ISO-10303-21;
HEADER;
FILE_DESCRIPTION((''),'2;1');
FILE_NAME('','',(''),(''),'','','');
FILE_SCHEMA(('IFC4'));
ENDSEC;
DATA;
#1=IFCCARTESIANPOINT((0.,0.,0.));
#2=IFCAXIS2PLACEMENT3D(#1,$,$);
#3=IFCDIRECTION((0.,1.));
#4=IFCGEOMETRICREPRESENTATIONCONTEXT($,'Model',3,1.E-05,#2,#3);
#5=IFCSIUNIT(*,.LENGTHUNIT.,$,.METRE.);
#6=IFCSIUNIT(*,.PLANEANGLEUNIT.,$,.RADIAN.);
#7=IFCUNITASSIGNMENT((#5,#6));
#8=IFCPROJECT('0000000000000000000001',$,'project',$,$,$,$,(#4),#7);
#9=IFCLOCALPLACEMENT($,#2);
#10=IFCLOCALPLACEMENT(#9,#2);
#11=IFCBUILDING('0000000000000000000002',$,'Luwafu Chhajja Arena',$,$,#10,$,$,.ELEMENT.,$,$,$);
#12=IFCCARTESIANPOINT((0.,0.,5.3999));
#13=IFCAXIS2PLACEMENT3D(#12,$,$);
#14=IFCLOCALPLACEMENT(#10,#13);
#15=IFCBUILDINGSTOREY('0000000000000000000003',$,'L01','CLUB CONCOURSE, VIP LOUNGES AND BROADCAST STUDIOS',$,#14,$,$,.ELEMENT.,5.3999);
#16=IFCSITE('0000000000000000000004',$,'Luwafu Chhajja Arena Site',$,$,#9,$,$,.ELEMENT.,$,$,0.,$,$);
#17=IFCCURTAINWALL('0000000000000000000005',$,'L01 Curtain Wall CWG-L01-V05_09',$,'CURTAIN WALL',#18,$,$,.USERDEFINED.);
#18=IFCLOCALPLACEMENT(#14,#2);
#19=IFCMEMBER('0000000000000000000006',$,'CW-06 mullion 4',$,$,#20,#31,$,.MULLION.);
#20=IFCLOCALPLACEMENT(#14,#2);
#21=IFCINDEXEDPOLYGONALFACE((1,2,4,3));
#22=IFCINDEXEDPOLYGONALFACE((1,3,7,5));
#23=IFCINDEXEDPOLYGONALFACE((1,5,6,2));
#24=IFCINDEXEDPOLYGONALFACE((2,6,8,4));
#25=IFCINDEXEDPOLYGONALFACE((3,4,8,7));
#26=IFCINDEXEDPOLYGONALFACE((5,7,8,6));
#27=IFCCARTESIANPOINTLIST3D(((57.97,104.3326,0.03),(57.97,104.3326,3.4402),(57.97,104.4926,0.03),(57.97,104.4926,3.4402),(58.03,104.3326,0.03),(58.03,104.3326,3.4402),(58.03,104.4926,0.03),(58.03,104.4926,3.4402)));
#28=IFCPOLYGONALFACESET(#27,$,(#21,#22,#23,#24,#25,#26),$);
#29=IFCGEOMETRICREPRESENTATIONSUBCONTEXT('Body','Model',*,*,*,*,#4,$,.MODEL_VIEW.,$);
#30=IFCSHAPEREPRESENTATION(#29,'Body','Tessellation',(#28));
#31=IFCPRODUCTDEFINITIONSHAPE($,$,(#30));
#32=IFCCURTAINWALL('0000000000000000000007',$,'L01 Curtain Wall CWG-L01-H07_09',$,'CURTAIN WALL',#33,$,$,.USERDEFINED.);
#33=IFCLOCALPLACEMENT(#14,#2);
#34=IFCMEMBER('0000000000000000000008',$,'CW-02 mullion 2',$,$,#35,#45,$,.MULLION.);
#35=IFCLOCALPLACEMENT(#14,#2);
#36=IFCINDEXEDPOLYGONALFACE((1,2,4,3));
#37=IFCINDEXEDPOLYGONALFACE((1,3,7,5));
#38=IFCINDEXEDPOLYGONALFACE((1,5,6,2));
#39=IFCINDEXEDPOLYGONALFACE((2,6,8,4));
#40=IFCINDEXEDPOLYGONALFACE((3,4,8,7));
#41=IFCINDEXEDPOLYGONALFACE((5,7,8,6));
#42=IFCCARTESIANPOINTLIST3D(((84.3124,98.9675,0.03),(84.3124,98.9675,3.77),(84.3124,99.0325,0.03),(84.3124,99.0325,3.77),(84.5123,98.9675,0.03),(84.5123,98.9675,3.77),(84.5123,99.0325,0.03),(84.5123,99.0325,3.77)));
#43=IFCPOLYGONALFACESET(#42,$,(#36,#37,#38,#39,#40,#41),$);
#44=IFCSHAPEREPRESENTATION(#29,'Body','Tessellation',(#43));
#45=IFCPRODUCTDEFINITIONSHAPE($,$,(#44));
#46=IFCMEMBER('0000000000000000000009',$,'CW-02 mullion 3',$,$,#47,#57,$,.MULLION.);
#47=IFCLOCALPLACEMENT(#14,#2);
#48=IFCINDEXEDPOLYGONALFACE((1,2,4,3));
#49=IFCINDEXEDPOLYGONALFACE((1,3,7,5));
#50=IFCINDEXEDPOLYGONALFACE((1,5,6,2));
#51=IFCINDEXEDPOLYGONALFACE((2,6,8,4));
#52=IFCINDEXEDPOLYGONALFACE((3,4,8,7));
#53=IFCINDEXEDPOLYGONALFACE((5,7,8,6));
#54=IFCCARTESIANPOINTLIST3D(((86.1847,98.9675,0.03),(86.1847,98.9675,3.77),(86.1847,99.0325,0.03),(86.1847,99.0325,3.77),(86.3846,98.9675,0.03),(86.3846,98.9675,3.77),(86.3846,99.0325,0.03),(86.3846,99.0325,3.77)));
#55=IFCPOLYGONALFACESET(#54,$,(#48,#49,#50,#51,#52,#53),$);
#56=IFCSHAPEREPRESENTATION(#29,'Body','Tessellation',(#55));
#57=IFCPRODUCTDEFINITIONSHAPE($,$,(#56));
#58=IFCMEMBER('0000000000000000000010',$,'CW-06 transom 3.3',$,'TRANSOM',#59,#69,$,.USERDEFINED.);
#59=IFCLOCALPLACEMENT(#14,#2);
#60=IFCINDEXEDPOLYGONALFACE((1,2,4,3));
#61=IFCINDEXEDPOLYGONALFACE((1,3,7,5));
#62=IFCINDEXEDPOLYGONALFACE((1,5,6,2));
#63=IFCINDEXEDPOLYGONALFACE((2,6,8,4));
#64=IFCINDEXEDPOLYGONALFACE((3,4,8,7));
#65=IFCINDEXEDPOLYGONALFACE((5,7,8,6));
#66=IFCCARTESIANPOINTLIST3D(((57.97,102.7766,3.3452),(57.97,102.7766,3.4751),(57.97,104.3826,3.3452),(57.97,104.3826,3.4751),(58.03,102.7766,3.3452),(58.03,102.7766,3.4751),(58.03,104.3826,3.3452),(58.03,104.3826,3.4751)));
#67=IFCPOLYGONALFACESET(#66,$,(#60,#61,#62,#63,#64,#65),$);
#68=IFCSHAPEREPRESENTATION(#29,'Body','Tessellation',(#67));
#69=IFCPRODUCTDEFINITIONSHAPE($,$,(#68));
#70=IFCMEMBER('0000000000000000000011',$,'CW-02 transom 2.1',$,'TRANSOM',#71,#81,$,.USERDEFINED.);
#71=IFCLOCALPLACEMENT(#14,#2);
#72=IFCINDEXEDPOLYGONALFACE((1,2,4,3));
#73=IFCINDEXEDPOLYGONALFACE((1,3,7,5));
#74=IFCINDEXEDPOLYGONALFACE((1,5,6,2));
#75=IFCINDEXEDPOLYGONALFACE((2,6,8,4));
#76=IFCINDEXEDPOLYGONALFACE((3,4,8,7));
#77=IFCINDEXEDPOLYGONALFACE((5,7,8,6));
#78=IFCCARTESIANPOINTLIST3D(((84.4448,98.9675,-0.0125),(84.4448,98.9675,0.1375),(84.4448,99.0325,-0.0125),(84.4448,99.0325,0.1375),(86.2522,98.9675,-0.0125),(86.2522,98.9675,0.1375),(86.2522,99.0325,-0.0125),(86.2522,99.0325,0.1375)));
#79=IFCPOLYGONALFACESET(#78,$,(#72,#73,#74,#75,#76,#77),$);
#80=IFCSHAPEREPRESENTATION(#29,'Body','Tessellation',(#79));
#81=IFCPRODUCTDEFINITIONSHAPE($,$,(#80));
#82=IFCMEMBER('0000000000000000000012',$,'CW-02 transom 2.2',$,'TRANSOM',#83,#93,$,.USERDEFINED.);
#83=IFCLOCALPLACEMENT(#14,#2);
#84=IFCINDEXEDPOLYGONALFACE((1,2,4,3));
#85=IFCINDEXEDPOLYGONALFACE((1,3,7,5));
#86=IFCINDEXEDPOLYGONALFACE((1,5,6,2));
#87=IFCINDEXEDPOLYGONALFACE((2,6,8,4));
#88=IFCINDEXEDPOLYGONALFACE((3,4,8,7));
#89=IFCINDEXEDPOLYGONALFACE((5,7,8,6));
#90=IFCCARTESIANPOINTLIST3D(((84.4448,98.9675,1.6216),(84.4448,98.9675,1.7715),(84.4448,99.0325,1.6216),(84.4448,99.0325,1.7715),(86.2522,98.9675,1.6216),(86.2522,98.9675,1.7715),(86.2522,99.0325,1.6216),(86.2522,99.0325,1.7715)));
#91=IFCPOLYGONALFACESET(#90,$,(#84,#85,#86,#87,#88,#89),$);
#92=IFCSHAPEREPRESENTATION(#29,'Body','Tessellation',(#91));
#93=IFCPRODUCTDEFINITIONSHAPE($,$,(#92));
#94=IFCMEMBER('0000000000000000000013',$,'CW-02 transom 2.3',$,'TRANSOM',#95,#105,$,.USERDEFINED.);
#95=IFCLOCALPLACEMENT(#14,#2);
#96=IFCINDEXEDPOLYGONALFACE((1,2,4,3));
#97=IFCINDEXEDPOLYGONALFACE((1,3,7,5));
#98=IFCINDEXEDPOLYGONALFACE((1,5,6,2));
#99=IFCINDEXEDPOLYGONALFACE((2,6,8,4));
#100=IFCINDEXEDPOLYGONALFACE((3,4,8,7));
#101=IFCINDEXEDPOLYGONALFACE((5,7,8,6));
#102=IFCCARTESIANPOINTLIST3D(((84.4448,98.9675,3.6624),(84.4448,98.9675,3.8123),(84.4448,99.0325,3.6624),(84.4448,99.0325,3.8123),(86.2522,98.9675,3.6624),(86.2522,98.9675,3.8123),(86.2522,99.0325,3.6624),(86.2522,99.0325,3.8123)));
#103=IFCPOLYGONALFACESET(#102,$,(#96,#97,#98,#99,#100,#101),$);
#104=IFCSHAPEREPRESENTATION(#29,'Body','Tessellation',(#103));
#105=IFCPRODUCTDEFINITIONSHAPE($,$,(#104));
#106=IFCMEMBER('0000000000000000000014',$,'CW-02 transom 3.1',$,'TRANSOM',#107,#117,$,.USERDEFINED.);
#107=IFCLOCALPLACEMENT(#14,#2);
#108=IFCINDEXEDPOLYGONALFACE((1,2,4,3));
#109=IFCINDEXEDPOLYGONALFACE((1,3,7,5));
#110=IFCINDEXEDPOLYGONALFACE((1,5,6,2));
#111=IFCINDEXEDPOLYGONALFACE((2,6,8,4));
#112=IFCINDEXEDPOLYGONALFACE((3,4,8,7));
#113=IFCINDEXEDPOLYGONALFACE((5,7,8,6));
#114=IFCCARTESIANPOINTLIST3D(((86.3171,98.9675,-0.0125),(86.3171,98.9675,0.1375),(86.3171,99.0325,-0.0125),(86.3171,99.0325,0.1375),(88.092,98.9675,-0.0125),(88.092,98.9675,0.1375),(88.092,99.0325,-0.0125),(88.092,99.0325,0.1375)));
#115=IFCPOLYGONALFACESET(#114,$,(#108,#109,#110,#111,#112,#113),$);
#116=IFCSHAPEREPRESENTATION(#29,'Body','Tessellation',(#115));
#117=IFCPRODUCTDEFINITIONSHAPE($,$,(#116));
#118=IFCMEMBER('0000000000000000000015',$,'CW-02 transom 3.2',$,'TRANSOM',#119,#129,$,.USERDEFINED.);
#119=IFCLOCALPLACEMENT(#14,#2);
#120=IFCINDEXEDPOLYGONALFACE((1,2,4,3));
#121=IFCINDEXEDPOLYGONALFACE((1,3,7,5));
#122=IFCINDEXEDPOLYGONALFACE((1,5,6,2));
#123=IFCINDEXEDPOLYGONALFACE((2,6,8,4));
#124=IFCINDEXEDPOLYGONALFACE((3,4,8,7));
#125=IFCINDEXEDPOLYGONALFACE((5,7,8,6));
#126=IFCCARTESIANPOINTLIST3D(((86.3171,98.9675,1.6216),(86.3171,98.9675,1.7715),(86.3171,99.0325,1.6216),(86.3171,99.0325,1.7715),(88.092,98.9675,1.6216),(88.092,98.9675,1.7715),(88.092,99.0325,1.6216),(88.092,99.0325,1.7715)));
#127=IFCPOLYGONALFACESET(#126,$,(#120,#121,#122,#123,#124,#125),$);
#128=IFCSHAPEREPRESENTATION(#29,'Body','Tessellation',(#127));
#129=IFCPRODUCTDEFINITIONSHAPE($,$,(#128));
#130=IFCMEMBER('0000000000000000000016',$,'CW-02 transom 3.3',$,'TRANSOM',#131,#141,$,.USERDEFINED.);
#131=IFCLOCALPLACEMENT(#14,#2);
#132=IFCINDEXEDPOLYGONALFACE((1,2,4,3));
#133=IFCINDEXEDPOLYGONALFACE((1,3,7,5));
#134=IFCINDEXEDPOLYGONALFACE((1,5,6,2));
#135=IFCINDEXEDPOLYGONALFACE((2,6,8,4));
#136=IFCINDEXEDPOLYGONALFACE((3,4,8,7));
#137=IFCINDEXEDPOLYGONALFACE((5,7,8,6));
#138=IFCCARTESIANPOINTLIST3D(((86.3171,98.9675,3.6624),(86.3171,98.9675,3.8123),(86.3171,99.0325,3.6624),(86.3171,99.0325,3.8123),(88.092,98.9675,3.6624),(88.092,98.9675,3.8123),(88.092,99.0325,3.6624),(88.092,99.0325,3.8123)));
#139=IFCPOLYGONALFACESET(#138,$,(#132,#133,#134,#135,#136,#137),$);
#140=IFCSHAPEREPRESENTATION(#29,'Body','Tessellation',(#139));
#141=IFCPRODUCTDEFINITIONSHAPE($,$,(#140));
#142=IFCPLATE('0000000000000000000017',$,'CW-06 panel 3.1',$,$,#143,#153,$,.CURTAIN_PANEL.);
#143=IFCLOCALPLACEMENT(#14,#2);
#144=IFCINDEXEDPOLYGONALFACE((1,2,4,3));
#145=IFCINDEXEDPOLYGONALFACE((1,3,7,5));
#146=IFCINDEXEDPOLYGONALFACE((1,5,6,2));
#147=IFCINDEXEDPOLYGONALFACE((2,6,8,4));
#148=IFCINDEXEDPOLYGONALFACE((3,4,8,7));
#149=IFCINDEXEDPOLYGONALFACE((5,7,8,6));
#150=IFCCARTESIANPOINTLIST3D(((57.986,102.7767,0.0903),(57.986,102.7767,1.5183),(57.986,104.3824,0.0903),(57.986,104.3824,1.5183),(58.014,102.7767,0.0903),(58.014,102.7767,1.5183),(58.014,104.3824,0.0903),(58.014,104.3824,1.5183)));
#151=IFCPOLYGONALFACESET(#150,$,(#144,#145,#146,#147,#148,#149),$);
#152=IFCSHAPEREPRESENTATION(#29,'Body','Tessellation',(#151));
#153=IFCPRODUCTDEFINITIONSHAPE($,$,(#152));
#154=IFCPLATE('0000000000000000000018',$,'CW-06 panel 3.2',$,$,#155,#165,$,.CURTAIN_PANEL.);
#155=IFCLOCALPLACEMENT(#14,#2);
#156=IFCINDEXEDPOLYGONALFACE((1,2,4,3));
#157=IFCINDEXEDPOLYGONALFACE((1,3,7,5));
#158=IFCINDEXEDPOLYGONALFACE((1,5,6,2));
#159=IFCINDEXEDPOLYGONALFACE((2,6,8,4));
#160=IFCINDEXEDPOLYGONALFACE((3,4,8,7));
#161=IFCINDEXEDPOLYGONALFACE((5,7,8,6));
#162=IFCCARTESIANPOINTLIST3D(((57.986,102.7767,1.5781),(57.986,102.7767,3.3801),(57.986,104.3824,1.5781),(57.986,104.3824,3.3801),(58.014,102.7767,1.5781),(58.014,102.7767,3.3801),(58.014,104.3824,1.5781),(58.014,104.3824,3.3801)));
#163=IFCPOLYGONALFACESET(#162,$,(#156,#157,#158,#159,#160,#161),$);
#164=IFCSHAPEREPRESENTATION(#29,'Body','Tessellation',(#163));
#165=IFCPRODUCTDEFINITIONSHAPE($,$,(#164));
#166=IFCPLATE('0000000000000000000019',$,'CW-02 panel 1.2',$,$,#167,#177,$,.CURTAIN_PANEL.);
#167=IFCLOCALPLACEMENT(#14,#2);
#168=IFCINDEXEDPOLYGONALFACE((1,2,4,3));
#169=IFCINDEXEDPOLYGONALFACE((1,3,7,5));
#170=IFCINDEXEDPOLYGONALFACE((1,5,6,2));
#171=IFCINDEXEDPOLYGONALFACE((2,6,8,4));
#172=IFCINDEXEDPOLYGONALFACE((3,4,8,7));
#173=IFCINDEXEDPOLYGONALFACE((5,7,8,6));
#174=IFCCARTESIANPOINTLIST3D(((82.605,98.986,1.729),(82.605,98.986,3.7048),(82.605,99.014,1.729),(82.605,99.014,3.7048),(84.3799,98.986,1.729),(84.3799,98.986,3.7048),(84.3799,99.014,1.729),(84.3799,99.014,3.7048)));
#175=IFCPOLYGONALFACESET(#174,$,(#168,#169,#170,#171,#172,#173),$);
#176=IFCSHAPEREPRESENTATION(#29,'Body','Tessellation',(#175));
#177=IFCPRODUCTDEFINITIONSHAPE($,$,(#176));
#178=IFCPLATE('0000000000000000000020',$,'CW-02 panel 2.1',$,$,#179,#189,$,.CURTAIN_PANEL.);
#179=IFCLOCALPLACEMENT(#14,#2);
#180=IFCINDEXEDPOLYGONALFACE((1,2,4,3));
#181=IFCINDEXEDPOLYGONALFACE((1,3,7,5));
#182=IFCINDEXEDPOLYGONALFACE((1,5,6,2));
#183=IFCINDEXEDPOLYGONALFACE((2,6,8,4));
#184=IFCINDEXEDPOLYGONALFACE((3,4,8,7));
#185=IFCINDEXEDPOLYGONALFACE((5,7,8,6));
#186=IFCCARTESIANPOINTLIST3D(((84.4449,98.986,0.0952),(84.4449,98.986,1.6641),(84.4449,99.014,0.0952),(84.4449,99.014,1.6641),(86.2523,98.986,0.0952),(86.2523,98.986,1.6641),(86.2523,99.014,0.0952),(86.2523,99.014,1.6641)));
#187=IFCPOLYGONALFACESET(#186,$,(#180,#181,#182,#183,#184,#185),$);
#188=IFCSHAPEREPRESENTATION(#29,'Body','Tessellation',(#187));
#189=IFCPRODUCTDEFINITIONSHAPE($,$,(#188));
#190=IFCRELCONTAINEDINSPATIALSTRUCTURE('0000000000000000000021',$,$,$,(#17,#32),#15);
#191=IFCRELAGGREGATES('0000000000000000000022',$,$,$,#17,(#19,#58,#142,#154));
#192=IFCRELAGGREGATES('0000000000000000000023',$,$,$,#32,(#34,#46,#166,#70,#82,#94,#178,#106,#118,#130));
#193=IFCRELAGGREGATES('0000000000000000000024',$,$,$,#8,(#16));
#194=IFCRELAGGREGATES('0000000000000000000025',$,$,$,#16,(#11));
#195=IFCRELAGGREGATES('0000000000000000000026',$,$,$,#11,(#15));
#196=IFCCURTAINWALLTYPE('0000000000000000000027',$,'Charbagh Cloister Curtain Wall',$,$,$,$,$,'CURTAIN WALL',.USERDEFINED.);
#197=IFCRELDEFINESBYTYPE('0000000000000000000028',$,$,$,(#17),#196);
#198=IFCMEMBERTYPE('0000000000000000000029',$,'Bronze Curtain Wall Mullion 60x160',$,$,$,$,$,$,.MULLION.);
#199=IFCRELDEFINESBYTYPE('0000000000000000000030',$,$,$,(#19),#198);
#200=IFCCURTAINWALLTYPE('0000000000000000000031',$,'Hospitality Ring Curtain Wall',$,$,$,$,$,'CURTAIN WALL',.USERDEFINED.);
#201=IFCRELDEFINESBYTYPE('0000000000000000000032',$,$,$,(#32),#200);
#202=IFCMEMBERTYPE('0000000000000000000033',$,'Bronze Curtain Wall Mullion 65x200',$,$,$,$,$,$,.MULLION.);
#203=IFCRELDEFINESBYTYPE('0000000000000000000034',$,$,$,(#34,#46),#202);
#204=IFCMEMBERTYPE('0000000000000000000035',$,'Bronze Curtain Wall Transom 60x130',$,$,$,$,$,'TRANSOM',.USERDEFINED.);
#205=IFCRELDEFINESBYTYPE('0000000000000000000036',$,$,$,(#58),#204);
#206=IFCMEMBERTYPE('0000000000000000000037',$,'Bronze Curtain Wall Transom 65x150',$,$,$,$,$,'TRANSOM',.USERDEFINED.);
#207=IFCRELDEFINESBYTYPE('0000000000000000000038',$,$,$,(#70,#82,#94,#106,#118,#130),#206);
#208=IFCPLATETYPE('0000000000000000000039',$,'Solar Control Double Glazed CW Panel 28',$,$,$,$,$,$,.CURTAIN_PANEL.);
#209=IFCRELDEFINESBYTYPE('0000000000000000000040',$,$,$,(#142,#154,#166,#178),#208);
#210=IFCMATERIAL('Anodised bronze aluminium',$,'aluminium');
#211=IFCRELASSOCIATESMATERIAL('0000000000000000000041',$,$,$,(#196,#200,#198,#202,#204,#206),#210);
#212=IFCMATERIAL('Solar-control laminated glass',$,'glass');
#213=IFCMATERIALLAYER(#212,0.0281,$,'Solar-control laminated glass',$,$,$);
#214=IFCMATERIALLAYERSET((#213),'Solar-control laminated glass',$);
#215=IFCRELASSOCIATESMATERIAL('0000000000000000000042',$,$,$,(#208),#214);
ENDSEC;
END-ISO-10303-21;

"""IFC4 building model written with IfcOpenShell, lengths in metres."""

from ifc_helpers import new_model, si_unit, direction, frame, origin, origin_2d, place, context, subcontext, project, spatial, rectangle, extrude, material, layer, layer_set, material_profile, profile_set, type_object, element, aggregate, save


model = new_model("IFC4")

# Units and contexts
model_context = context("Model", 3, precision=1e-05, world=origin(), true_north=direction((0.0, 1.0)))
body_context = subcontext(model_context, "Body", "Model", "MODEL_VIEW")
ifc_project = project(units=[si_unit("LENGTHUNIT", "METRE"), si_unit("PLANEANGLEUNIT", "RADIAN")], contexts=[model_context])

# Site, building, storey
site_placement = place(None, origin())
site = spatial("IfcSite", under=ifc_project, at=site_placement, Name="Luwafu Chhajja Arena Site", CompositionType="ELEMENT", RefElevation=0.0)
building_placement = place(site_placement, origin())
building = spatial("IfcBuilding", under=site, at=building_placement, Name="Luwafu Chhajja Arena", CompositionType="ELEMENT")
storey_placement = place(building_placement, frame((0.0, 0.0, 5.3999)))
storey = spatial("IfcBuildingStorey", under=building, at=storey_placement, Name="L01", Description="CLUB CONCOURSE, VIP LOUNGES AND BROADCAST STUDIOS", CompositionType="ELEMENT", Elevation=5.3999)

# Curtain wall, member
ifc_material_1 = material(Name="Anodised bronze aluminium", Category="aluminium")
curtain_wall_type_1 = type_object("IfcCurtainWallType", Name="Charbagh Cloister Curtain Wall", ElementType="CURTAIN WALL", PredefinedType="USERDEFINED", material=ifc_material_1)
curtain_wall_1_placement = place(storey_placement, origin())
curtain_wall_1 = element("IfcCurtainWall", 1, at=curtain_wall_1_placement, inside=storey, type_object=curtain_wall_type_1, Name="L01 Curtain Wall CWG-L01-V05_09", ObjectType="CURTAIN WALL", PredefinedType="USERDEFINED")
ifc_material_profile_1 = material_profile(ifc_material_1, rectangle(XDim=0.0601, YDim=0.1599, at=origin_2d()), Name="CWM 60x160")
ifc_profile_set_1 = profile_set([ifc_material_profile_1], Name="Anodised bronze aluminium")
member_type_1 = type_object("IfcMemberType", Name="Bronze Curtain Wall Mullion 60x160", PredefinedType="MULLION", material=ifc_profile_set_1)
member_1_placement = place(storey_placement, frame((58.0, 104.4126, 0.03), z_axis=(0.0, 0.0, 1.0), x_axis=(-1.0, 0.0, 0.0)))
member_1 = element("IfcMember", 2, at=member_1_placement, type_object=member_type_1, Name="CW-06 mullion 4", PredefinedType="MULLION", context=body_context, shape_type="SweptSolid", body=[
    extrude(rectangle(XDim=0.0601, YDim=0.1599, at=origin_2d()), origin(), (0.0, 0.0, 1.0), 3.4102),
])

# Curtain wall, members
curtain_wall_type_2 = type_object("IfcCurtainWallType", Name="Hospitality Ring Curtain Wall", ElementType="CURTAIN WALL", PredefinedType="USERDEFINED", material=ifc_material_1)
curtain_wall_2_placement = place(storey_placement, origin())
curtain_wall_2 = element("IfcCurtainWall", 3, at=curtain_wall_2_placement, inside=storey, type_object=curtain_wall_type_2, Name="L01 Curtain Wall CWG-L01-H07_09", ObjectType="CURTAIN WALL", PredefinedType="USERDEFINED")
ifc_material_profile_2 = material_profile(ifc_material_1, rectangle(XDim=0.0649, YDim=0.2, at=origin_2d()), Name="CWM 65x200")
ifc_profile_set_2 = profile_set([ifc_material_profile_2], Name="Anodised bronze aluminium")
member_type_2 = type_object("IfcMemberType", Name="Bronze Curtain Wall Mullion 65x200", PredefinedType="MULLION", material=ifc_profile_set_2)
member_2_placement = place(storey_placement, frame((84.4124, 99.0, 0.03), z_axis=(0.0, 0.0, 1.0), x_axis=(0.0, 1.0, 0.0)))
member_2 = element("IfcMember", 4, at=member_2_placement, type_object=member_type_2, Name="CW-02 mullion 2", PredefinedType="MULLION", context=body_context, shape_type="SweptSolid", body=[
    extrude(rectangle(XDim=0.0649, YDim=0.2, at=origin_2d()), origin(), (0.0, 0.0, 1.0), 3.74),
])
member_3_placement = place(storey_placement, frame((86.2847, 99.0, 0.03), z_axis=(0.0, 0.0, 1.0), x_axis=(0.0, 1.0, 0.0)))
member_3 = element("IfcMember", 5, at=member_3_placement, type_object=member_type_2, Name="CW-02 mullion 3", PredefinedType="MULLION", context=body_context, shape_type="SweptSolid", body=[
    extrude(rectangle(XDim=0.0649, YDim=0.2, at=origin_2d()), origin(), (0.0, 0.0, 1.0), 3.74),
])

# Members
ifc_material_profile_3 = material_profile(ifc_material_1, rectangle(XDim=0.0601, YDim=0.1299, at=origin_2d()), Name="CWT 60x130")
ifc_profile_set_3 = profile_set([ifc_material_profile_3], Name="Anodised bronze aluminium")
member_type_3 = type_object("IfcMemberType", Name="Bronze Curtain Wall Transom 60x130", ElementType="TRANSOM", PredefinedType="USERDEFINED", material=ifc_profile_set_3)
member_4_placement = place(storey_placement, frame((58.0, 102.7766, 3.4102), z_axis=(0.0, 1.0, 0.0), x_axis=(-1.0, 0.0, 0.0)))
member_4 = element("IfcMember", 6, at=member_4_placement, type_object=member_type_3, Name="CW-06 transom 3.3", ObjectType="TRANSOM", PredefinedType="USERDEFINED", context=body_context, shape_type="SweptSolid", body=[
    extrude(rectangle(XDim=0.0601, YDim=0.1299, at=origin_2d()), origin(), (0.0, 0.0, 1.0), 1.606),
])
ifc_material_profile_4 = material_profile(ifc_material_1, rectangle(XDim=0.0649, YDim=0.1499, at=origin_2d()), Name="CWT 65x150")
ifc_profile_set_4 = profile_set([ifc_material_profile_4], Name="Anodised bronze aluminium")
member_type_4 = type_object("IfcMemberType", Name="Bronze Curtain Wall Transom 65x150", ElementType="TRANSOM", PredefinedType="USERDEFINED", material=ifc_profile_set_4)
member_5_placement = place(storey_placement, frame((84.4448, 99.0, 0.0625), z_axis=(1.0, 0.0, 0.0), x_axis=(0.0, 1.0, 0.0)))
member_5 = element("IfcMember", 7, at=member_5_placement, type_object=member_type_4, Name="CW-02 transom 2.1", ObjectType="TRANSOM", PredefinedType="USERDEFINED", context=body_context, shape_type="SweptSolid", body=[
    extrude(rectangle(XDim=0.0649, YDim=0.1499, at=origin_2d()), origin(), (0.0, 0.0, 1.0), 1.8074),
])
member_6_placement = place(storey_placement, frame((84.4448, 99.0, 1.6965), z_axis=(1.0, 0.0, 0.0), x_axis=(0.0, 1.0, 0.0)))
member_6 = element("IfcMember", 8, at=member_6_placement, type_object=member_type_4, Name="CW-02 transom 2.2", ObjectType="TRANSOM", PredefinedType="USERDEFINED", context=body_context, shape_type="SweptSolid", body=[
    extrude(rectangle(XDim=0.0649, YDim=0.1499, at=origin_2d()), origin(), (0.0, 0.0, 1.0), 1.8074),
])
member_7_placement = place(storey_placement, frame((84.4448, 99.0, 3.7373), z_axis=(1.0, 0.0, 0.0), x_axis=(0.0, 1.0, 0.0)))
member_7 = element("IfcMember", 9, at=member_7_placement, type_object=member_type_4, Name="CW-02 transom 2.3", ObjectType="TRANSOM", PredefinedType="USERDEFINED", context=body_context, shape_type="SweptSolid", body=[
    extrude(rectangle(XDim=0.0649, YDim=0.1499, at=origin_2d()), origin(), (0.0, 0.0, 1.0), 1.8074),
])
member_8_placement = place(storey_placement, frame((86.3171, 99.0, 0.0625), z_axis=(1.0, 0.0, 0.0), x_axis=(0.0, 1.0, 0.0)))
member_8 = element("IfcMember", 10, at=member_8_placement, type_object=member_type_4, Name="CW-02 transom 3.1", ObjectType="TRANSOM", PredefinedType="USERDEFINED", context=body_context, shape_type="SweptSolid", body=[
    extrude(rectangle(XDim=0.0649, YDim=0.1499, at=origin_2d()), origin(), (0.0, 0.0, 1.0), 1.7749),
])
member_9_placement = place(storey_placement, frame((86.3171, 99.0, 1.6965), z_axis=(1.0, 0.0, 0.0), x_axis=(0.0, 1.0, 0.0)))
member_9 = element("IfcMember", 11, at=member_9_placement, type_object=member_type_4, Name="CW-02 transom 3.2", ObjectType="TRANSOM", PredefinedType="USERDEFINED", context=body_context, shape_type="SweptSolid", body=[
    extrude(rectangle(XDim=0.0649, YDim=0.1499, at=origin_2d()), origin(), (0.0, 0.0, 1.0), 1.7749),
])
member_10_placement = place(storey_placement, frame((86.3171, 99.0, 3.7373), z_axis=(1.0, 0.0, 0.0), x_axis=(0.0, 1.0, 0.0)))
member_10 = element("IfcMember", 12, at=member_10_placement, type_object=member_type_4, Name="CW-02 transom 3.3", ObjectType="TRANSOM", PredefinedType="USERDEFINED", context=body_context, shape_type="SweptSolid", body=[
    extrude(rectangle(XDim=0.0649, YDim=0.1499, at=origin_2d()), origin(), (0.0, 0.0, 1.0), 1.7749),
])

# Plates
ifc_material_2 = material(Name="Solar-control laminated glass", Category="glass")
ifc_layer_1 = layer(ifc_material_2, 0.0281, Name="Solar-control laminated glass")
ifc_layer_set_1 = layer_set([ifc_layer_1], Name="Solar-control laminated glass")
plate_type = type_object("IfcPlateType", Name="Solar Control Double Glazed CW Panel 28", PredefinedType="CURTAIN_PANEL", material=ifc_layer_set_1)
plate_1_placement = place(storey_placement, frame((58.0, 103.5796, 0.0903), z_axis=(0.0, 0.0, 1.0), x_axis=(0.0, 1.0, 0.0)))
plate_1 = element("IfcPlate", 13, at=plate_1_placement, type_object=plate_type, Name="CW-06 panel 3.1", PredefinedType="CURTAIN_PANEL", context=body_context, shape_type="SweptSolid", body=[
    extrude(rectangle(XDim=1.6057, YDim=0.0281, at=origin_2d()), origin(), (0.0, 0.0, 1.0), 1.428),
])
plate_2_placement = place(storey_placement, frame((58.0, 103.5796, 1.5781), z_axis=(0.0, 0.0, 1.0), x_axis=(0.0, 1.0, 0.0)))
plate_2 = element("IfcPlate", 14, at=plate_2_placement, type_object=plate_type, Name="CW-06 panel 3.2", PredefinedType="CURTAIN_PANEL", context=body_context, shape_type="SweptSolid", body=[
    extrude(rectangle(XDim=1.6057, YDim=0.0281, at=origin_2d()), origin(), (0.0, 0.0, 1.0), 1.802),
])
aggregate(curtain_wall_1, [member_1, member_4, plate_1, plate_2])
plate_3_placement = place(storey_placement, frame((83.4924, 99.0, 1.729), z_axis=(0.0, 0.0, 1.0), x_axis=(1.0, 0.0, 0.0)))
plate_3 = element("IfcPlate", 15, at=plate_3_placement, type_object=plate_type, Name="CW-02 panel 1.2", PredefinedType="CURTAIN_PANEL", context=body_context, shape_type="SweptSolid", body=[
    extrude(rectangle(XDim=1.7749, YDim=0.0281, at=origin_2d()), origin(), (0.0, 0.0, 1.0), 1.9758),
])
plate_4_placement = place(storey_placement, frame((85.3486, 99.0, 0.0952), z_axis=(0.0, 0.0, 1.0), x_axis=(1.0, 0.0, 0.0)))
plate_4 = element("IfcPlate", 16, at=plate_4_placement, type_object=plate_type, Name="CW-02 panel 2.1", PredefinedType="CURTAIN_PANEL", context=body_context, shape_type="SweptSolid", body=[
    extrude(rectangle(XDim=1.8074, YDim=0.0281, at=origin_2d()), origin(), (0.0, 0.0, 1.0), 1.5688),
])
aggregate(curtain_wall_2, [member_2, member_3, plate_3, member_5, member_6, member_7, plate_4, member_8, member_9, member_10])

save(model, "model.ifc")
